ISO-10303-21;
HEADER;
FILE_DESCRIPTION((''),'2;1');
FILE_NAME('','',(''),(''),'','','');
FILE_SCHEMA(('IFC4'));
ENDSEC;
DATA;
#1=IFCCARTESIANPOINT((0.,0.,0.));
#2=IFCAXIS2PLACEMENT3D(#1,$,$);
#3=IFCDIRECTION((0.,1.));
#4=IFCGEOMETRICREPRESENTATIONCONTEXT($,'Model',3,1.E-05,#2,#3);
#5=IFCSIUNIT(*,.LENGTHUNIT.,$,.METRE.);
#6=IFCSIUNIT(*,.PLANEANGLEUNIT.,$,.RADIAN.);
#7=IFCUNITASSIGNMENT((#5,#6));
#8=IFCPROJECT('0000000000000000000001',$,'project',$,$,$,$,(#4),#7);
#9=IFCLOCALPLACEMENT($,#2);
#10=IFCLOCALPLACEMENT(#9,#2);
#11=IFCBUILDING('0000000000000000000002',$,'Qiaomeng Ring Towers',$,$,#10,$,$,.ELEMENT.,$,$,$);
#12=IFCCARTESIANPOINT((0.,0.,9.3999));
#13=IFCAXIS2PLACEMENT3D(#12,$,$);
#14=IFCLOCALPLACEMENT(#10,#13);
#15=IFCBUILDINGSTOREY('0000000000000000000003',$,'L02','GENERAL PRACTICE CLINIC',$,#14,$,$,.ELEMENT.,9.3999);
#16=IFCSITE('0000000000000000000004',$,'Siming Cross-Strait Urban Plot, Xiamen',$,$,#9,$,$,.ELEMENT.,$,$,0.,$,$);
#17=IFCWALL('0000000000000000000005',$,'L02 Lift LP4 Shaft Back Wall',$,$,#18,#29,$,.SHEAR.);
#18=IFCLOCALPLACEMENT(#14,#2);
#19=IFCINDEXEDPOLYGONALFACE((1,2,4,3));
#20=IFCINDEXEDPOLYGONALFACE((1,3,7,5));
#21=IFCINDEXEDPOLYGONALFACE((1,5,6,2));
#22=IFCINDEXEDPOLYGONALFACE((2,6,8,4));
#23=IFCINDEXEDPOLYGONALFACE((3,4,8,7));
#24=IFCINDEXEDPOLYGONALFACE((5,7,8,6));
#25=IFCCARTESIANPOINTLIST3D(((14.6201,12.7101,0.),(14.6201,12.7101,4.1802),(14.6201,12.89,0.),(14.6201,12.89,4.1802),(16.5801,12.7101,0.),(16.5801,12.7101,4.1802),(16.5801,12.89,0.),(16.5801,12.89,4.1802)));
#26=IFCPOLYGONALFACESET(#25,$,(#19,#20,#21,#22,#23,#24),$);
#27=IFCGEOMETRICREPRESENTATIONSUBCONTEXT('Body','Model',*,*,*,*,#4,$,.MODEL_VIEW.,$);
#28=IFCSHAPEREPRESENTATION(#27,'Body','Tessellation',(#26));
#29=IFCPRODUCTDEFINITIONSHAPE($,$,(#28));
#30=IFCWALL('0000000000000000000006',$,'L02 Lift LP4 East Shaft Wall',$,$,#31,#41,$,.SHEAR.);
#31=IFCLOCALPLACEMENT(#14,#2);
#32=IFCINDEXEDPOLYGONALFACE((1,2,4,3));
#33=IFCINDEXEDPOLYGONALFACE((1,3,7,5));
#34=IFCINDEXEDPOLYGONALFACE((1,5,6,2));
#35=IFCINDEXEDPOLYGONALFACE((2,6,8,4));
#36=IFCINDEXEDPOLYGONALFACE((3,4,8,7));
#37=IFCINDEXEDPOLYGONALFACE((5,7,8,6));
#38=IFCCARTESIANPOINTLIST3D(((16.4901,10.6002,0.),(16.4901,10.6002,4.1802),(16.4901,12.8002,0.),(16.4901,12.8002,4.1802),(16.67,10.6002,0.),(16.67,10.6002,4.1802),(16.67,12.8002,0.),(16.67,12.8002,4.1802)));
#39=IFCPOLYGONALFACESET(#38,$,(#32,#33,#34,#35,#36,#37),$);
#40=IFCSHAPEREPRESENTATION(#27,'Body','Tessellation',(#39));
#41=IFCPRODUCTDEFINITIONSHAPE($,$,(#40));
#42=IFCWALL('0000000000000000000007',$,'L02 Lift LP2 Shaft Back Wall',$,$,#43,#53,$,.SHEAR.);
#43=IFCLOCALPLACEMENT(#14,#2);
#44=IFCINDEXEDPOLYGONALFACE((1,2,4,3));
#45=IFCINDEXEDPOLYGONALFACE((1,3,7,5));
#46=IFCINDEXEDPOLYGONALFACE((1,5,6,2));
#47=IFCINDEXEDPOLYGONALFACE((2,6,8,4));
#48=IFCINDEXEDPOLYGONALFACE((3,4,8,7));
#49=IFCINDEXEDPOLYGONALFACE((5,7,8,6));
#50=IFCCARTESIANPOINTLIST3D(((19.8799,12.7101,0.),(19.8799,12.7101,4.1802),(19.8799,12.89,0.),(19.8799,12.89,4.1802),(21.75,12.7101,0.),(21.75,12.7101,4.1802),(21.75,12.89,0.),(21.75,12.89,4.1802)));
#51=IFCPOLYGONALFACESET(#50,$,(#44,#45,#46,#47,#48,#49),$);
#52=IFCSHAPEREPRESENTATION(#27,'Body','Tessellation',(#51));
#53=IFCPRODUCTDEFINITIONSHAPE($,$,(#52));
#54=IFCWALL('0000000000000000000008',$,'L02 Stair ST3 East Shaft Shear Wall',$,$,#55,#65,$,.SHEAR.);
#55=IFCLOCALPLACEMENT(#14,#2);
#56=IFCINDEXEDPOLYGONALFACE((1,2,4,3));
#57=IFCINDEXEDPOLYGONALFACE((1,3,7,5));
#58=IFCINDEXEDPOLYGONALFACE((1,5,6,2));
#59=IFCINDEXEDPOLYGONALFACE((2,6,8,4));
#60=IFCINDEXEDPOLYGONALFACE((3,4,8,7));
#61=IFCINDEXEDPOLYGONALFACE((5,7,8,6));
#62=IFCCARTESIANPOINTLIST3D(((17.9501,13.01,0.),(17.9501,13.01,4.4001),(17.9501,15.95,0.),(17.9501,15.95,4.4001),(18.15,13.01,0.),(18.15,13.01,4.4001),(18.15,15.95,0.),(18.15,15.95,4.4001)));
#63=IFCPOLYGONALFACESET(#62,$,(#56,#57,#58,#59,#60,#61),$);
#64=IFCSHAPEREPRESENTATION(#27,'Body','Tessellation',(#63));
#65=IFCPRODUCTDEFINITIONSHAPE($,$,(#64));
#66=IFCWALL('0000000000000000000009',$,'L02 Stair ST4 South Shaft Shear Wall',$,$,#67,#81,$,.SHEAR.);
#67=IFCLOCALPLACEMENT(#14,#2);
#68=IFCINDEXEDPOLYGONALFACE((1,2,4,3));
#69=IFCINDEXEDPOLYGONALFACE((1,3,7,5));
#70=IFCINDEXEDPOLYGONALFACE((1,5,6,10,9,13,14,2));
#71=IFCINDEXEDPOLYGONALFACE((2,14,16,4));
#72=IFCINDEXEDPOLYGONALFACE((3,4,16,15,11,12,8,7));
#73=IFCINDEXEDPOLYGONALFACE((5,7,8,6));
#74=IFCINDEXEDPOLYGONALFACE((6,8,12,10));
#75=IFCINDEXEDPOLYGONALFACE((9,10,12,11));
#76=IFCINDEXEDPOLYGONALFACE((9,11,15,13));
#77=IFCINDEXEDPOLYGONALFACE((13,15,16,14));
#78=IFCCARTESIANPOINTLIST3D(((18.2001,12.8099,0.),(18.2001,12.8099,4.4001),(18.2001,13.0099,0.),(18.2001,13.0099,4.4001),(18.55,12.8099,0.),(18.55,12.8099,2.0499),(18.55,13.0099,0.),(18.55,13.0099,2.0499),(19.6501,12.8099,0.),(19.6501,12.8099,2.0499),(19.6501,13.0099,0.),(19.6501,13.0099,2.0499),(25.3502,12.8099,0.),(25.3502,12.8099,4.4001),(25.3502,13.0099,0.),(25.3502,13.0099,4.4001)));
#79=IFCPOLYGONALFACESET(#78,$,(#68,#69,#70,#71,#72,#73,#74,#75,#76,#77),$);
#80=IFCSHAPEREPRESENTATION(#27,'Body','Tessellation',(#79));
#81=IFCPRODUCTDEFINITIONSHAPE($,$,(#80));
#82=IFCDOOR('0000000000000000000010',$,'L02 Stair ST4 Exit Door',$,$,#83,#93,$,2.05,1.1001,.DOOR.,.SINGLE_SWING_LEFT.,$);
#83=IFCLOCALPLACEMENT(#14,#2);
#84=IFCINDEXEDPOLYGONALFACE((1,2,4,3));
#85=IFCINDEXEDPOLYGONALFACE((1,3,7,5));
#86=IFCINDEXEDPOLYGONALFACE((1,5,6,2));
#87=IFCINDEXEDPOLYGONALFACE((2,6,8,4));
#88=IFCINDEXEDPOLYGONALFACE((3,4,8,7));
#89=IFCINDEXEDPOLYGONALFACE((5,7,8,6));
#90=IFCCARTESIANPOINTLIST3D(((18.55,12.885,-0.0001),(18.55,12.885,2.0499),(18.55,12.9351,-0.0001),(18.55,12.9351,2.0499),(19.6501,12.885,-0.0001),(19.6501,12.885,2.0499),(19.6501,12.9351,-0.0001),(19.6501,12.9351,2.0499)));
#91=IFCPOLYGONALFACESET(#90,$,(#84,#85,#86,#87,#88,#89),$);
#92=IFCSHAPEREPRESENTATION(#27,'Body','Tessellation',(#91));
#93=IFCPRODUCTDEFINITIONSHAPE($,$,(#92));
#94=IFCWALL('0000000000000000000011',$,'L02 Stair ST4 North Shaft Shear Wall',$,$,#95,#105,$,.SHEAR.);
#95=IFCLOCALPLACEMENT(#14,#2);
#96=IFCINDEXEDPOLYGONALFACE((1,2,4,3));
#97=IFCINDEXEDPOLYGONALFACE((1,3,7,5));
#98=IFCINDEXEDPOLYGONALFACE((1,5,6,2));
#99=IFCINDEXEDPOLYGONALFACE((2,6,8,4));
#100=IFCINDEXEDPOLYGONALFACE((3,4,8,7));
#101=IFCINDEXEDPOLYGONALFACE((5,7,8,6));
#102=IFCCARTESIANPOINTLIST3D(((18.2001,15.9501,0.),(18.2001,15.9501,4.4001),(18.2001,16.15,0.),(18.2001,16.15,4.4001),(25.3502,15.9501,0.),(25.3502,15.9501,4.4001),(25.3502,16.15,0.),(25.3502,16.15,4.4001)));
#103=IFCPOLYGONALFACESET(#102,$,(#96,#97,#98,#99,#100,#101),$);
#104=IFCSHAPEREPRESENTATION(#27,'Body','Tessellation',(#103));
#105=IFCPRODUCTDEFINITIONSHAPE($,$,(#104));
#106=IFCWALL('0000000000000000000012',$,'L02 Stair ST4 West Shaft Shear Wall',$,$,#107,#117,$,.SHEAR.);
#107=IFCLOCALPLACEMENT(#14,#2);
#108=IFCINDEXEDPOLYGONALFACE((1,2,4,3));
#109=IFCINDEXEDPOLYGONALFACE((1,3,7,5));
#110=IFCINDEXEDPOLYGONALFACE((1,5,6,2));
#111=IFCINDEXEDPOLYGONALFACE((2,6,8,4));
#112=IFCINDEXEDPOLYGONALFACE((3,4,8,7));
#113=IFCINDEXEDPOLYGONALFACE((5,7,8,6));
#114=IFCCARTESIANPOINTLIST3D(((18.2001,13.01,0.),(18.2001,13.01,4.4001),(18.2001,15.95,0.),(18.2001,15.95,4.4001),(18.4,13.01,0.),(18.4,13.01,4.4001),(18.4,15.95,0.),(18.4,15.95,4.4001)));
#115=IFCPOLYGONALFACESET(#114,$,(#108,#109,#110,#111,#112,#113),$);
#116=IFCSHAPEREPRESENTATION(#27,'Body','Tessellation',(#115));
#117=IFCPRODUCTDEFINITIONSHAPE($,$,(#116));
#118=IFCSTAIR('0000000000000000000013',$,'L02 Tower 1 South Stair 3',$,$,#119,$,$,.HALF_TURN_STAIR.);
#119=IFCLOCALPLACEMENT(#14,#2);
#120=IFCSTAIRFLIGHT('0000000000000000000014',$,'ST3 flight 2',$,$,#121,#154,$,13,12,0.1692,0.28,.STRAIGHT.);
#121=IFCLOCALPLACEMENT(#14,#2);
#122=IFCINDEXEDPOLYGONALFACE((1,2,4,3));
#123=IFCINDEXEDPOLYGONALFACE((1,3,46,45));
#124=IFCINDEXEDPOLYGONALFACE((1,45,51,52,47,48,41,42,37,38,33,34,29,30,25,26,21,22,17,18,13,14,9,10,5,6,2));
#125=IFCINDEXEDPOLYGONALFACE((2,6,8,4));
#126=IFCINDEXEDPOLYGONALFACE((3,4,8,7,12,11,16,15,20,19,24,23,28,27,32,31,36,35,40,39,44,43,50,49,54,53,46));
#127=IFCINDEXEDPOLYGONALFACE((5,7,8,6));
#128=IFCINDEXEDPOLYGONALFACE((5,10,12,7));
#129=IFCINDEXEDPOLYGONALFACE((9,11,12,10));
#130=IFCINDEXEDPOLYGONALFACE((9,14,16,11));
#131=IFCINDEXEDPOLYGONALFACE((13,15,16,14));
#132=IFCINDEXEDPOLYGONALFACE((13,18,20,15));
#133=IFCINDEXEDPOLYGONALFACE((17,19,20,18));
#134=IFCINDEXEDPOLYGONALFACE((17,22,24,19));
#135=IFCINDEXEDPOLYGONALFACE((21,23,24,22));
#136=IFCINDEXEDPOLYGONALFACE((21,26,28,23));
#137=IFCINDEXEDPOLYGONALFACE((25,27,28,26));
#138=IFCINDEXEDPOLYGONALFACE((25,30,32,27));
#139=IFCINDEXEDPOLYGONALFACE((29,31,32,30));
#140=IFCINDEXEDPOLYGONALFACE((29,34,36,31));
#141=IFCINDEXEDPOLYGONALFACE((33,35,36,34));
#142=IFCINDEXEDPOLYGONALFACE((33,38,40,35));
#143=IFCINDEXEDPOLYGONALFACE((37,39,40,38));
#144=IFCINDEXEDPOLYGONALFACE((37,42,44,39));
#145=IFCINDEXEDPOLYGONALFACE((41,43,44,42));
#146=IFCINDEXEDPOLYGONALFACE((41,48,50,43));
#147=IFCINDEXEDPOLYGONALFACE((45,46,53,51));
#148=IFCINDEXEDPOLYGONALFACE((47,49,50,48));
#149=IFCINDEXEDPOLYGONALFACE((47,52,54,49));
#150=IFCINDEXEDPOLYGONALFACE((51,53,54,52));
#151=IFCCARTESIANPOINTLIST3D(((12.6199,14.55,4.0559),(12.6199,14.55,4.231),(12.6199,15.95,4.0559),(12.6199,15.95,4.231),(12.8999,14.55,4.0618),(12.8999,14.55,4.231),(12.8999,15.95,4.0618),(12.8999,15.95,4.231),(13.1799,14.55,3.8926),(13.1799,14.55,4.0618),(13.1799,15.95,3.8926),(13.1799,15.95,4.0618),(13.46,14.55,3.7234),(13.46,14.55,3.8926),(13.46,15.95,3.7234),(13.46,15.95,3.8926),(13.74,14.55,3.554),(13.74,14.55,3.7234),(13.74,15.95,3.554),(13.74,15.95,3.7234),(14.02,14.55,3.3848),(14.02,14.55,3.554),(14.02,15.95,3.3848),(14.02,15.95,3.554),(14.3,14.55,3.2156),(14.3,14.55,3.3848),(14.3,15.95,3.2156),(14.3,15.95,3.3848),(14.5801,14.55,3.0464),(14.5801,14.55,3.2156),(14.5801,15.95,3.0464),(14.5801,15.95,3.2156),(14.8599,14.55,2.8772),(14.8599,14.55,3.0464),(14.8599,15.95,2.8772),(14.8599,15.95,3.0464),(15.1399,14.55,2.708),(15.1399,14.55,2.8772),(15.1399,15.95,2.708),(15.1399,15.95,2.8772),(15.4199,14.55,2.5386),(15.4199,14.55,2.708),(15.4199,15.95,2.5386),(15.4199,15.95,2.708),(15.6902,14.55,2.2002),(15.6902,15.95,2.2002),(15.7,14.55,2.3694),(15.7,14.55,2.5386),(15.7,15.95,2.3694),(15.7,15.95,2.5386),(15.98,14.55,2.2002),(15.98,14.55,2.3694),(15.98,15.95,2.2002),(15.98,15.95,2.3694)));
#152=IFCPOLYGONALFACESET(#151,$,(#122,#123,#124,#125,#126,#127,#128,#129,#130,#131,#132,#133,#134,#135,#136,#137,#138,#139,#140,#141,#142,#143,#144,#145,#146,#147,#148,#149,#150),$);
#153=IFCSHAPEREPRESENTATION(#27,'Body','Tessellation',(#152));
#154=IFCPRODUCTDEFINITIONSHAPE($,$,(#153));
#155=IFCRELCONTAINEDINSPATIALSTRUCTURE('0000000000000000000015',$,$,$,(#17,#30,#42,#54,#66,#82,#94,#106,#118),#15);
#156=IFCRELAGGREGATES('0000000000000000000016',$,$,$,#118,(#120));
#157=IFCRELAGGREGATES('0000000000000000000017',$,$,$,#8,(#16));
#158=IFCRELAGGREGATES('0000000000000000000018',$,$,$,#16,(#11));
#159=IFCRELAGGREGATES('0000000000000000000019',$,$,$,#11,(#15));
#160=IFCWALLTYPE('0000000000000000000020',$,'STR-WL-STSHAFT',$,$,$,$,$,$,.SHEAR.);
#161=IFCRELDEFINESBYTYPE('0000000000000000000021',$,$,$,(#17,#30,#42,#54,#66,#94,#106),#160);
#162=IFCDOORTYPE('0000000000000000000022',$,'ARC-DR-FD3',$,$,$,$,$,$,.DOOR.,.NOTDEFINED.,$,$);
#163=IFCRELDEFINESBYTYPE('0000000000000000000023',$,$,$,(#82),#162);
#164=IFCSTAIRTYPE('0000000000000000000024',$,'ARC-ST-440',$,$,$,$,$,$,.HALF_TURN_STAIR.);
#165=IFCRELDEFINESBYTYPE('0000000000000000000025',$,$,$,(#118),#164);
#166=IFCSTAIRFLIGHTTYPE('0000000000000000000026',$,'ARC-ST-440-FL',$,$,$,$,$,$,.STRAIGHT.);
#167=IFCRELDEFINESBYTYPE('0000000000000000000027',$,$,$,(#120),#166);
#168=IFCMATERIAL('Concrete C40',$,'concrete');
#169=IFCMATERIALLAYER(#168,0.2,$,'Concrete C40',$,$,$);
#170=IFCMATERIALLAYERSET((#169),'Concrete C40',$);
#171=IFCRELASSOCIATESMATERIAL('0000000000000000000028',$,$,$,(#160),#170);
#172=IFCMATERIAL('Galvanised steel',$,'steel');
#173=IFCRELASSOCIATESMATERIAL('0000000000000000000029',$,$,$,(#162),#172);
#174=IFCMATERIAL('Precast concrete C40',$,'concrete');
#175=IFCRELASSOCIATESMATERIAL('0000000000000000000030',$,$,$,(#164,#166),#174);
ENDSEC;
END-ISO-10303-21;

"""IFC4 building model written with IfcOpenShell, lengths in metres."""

from ifc_helpers import new_model, si_unit, direction, frame, frame_2d, origin, place, context, subcontext, project, spatial, polyline, rectangle, outline, extrude, source, transform, mapped, material, layer, layer_set, type_object, element, fill, aggregate, save


model = new_model("IFC4")

# Units and contexts
model_context = context("Model", 3, precision=1e-05, world=origin(), true_north=direction((0.0, 1.0)))
body_context = subcontext(model_context, "Body", "Model", "MODEL_VIEW")
ifc_project = project(units=[si_unit("LENGTHUNIT", "METRE"), si_unit("PLANEANGLEUNIT", "RADIAN")], contexts=[model_context])

# Site, building, storey
site_placement = place(None, origin())
site = spatial("IfcSite", under=ifc_project, at=site_placement, Name="Siming Cross-Strait Urban Plot, Xiamen", CompositionType="ELEMENT", RefElevation=0.0)
building_placement = place(site_placement, origin())
building = spatial("IfcBuilding", under=site, at=building_placement, Name="Qiaomeng Ring Towers", CompositionType="ELEMENT")
storey_placement = place(building_placement, frame((0.0, 0.0, 9.3999)))
storey = spatial("IfcBuildingStorey", under=building, at=storey_placement, Name="L02", Description="GENERAL PRACTICE CLINIC", CompositionType="ELEMENT", Elevation=9.3999)

# Shared definitions
ifc_material_1 = material(Name="Precast concrete C40", Category="concrete")

# Walls
ifc_material_2 = material(Name="Concrete C40", Category="concrete")
ifc_layer_1 = layer(ifc_material_2, 0.2, Name="Concrete C40")
ifc_layer_set_1 = layer_set([ifc_layer_1], Name="Concrete C40")
wall_type_1 = type_object("IfcWallType", Name="STR-WL-STSHAFT", PredefinedType="SHEAR", material=ifc_layer_set_1)
wall_1_placement = place(storey_placement, frame((14.6201, 12.8, 0.0), z_axis=(0.0, 0.0, 1.0), x_axis=(1.0, 0.0, 0.0)))
element("IfcWall", 1, at=wall_1_placement, inside=storey, type_object=wall_type_1, Name="L02 Lift LP4 Shaft Back Wall", PredefinedType="SHEAR", context=body_context, shape_type="SweptSolid", body=[
    extrude(rectangle(XDim=1.96, YDim=0.1799, at=frame_2d((0.98, 0.0))), origin(), (0.0, 0.0, 1.0), 4.1802),
])
wall_2_placement = place(storey_placement, frame((16.5801, 10.6001, 0.0), z_axis=(0.0, 0.0, 1.0), x_axis=(0.0, 1.0, 0.0)))
element("IfcWall", 2, at=wall_2_placement, inside=storey, type_object=wall_type_1, Name="L02 Lift LP4 East Shaft Wall", PredefinedType="SHEAR", context=body_context, shape_type="SweptSolid", body=[
    extrude(rectangle(XDim=2.2, YDim=0.1799, at=frame_2d((1.1001, 0.0))), origin(), (0.0, 0.0, 1.0), 4.1802),
])
wall_3_placement = place(storey_placement, frame((19.8799, 12.8, 0.0), z_axis=(0.0, 0.0, 1.0), x_axis=(1.0, 0.0, 0.0)))
element("IfcWall", 3, at=wall_3_placement, inside=storey, type_object=wall_type_1, Name="L02 Lift LP2 Shaft Back Wall", PredefinedType="SHEAR", context=body_context, shape_type="SweptSolid", body=[
    extrude(rectangle(XDim=1.8701, YDim=0.1799, at=frame_2d((0.9351, 0.0))), origin(), (0.0, 0.0, 1.0), 4.1802),
])
wall_4_placement = place(storey_placement, frame((18.05, 13.01, 0.0), z_axis=(0.0, 0.0, 1.0), x_axis=(0.0, 1.0, 0.0)))
element("IfcWall", 4, at=wall_4_placement, inside=storey, type_object=wall_type_1, Name="L02 Stair ST3 East Shaft Shear Wall", PredefinedType="SHEAR", context=body_context, shape_type="SweptSolid", body=[
    extrude(rectangle(XDim=2.9399, YDim=0.2, at=frame_2d((1.47, 0.0))), origin(), (0.0, 0.0, 1.0), 4.4001),
])

# Wall, opening, door
wall_5_placement = place(storey_placement, frame((18.2, 12.9099, 0.0), z_axis=(0.0, 0.0, 1.0), x_axis=(1.0, 0.0, 0.0)))
wall_5 = element("IfcWall", 5, at=wall_5_placement, inside=storey, type_object=wall_type_1, Name="L02 Stair ST4 South Shaft Shear Wall", PredefinedType="SHEAR", context=body_context, shape_type="SweptSolid", body=[
    extrude(rectangle(XDim=7.1501, YDim=0.2, at=frame_2d((3.5752, 0.0))), origin(), (0.0, 0.0, 1.0), 4.4001),
])
opening_1_placement = place(wall_5_placement, frame((0.3501, 0.0, 0.0)))
opening_1 = element("IfcOpeningElement", 6, at=opening_1_placement, cuts=wall_5, PredefinedType="OPENING", context=body_context, shape_type="SweptSolid", body=[
    extrude(rectangle(XDim=1.1001, YDim=2.05, at=frame_2d((0.55, 1.0249))), frame((0.0, 0.1099, 0.0), z_axis=(0.0, -1.0, 0.0), x_axis=(1.0, 0.0, 0.0)), (0.0, 0.0, 1.0), 0.22),
])
ifc_material_3 = material(Name="Galvanised steel", Category="steel")
door_type_1 = type_object("IfcDoorType", Name="ARC-DR-FD3", OperationType="NOTDEFINED", PredefinedType="DOOR", material=ifc_material_3)
shared_shape_1 = source(origin(), body_context, "Body", "SweptSolid", [
    extrude(rectangle(XDim=1.1001, YDim=2.05, at=frame_2d((0.55, 1.0249))), frame((0.0, 0.0249, 0.0), z_axis=(0.0, -1.0, 0.0), x_axis=(1.0, 0.0, 0.0)), (0.0, 0.0, 1.0), 0.05),
])
door_1_placement = place(opening_1_placement, frame((1.1001, 0.0, 0.0), z_axis=(0.0, 0.0, 1.0), x_axis=(-1.0, 0.0, 0.0)))
door_1 = element("IfcDoor", 7, at=door_1_placement, inside=storey, type_object=door_type_1, Name="L02 Stair ST4 Exit Door", OperationType="SINGLE_SWING_LEFT", OverallHeight=2.05, OverallWidth=1.1001, PredefinedType="DOOR", context=body_context, shape_type="MappedRepresentation", body=[
    mapped(shared_shape_1, transform((0.0, 0.0, 0.0), x_axis=(1.0, 0.0, 0.0), y_axis=(0.0, 1.0, 0.0), z_axis=(0.0, 0.0, 1.0), scale=1.0)),
])
fill(opening_1, door_1)

# Walls
wall_6_placement = place(storey_placement, frame((18.2, 16.05, 0.0), z_axis=(0.0, 0.0, 1.0), x_axis=(1.0, 0.0, 0.0)))
element("IfcWall", 8, at=wall_6_placement, inside=storey, type_object=wall_type_1, Name="L02 Stair ST4 North Shaft Shear Wall", PredefinedType="SHEAR", context=body_context, shape_type="SweptSolid", body=[
    extrude(rectangle(XDim=7.1501, YDim=0.2, at=frame_2d((3.5752, 0.0))), origin(), (0.0, 0.0, 1.0), 4.4001),
])
wall_7_placement = place(storey_placement, frame((18.3, 13.01, 0.0), z_axis=(0.0, 0.0, 1.0), x_axis=(0.0, 1.0, 0.0)))
element("IfcWall", 9, at=wall_7_placement, inside=storey, type_object=wall_type_1, Name="L02 Stair ST4 West Shaft Shear Wall", PredefinedType="SHEAR", context=body_context, shape_type="SweptSolid", body=[
    extrude(rectangle(XDim=2.9399, YDim=0.2, at=frame_2d((1.47, 0.0))), origin(), (0.0, 0.0, 1.0), 4.4001),
])

# Stair, stair flight
stair_type = type_object("IfcStairType", Name="ARC-ST-440", PredefinedType="HALF_TURN_STAIR", material=ifc_material_1)
stair_1_placement = place(storey_placement, origin())
stair_1 = element("IfcStair", 10, at=stair_1_placement, inside=storey, type_object=stair_type, Name="L02 Tower 1 South Stair 3", PredefinedType="HALF_TURN_STAIR")
stair_flight_type = type_object("IfcStairFlightType", Name="ARC-ST-440-FL", PredefinedType="STRAIGHT", material=ifc_material_1)
shared_shape_2 = source(origin(), body_context, "Body", "SweptSolid", [
    extrude(outline(polyline([(0.0, 0.0), (0.0, 0.1692), (0.28, 0.1692), (0.28, 0.3384), (0.5601, 0.3384), (0.5601, 0.5078), (0.8401, 0.5078), (0.8401, 0.677), (1.1201, 0.677), (1.1201, 0.8462), (1.3999, 0.8462), (1.3999, 1.0154), (1.6799, 1.0154), (1.6799, 1.1846), (1.96, 1.1846), (1.96, 1.3538), (2.24, 1.3538), (2.24, 1.5232), (2.52, 1.5232), (2.52, 1.6924), (2.8, 1.6924), (2.8, 1.8616), (3.0801, 1.8616), (3.0801, 2.0308), (3.3601, 2.0308), (3.3601, 2.2), (3.3601, 1.8557), (0.2898, 0.0), (0.0, 0.0)])), frame((0.0, 0.7, 0.0), z_axis=(0.0, -1.0, 0.0), x_axis=(1.0, 0.0, 0.0)), (0.0, 0.0, 1.0), 1.3999),
])
stair_flight_1_placement = place(storey_placement, frame((15.98, 15.25, 2.2002), z_axis=(0.0, 0.0, 1.0), x_axis=(-1.0, 0.0, 0.0)))
stair_flight_1 = element("IfcStairFlight", 11, at=stair_flight_1_placement, type_object=stair_flight_type, Name="ST3 flight 2", NumberOfRisers=13, NumberOfTreads=12, PredefinedType="STRAIGHT", RiserHeight=0.1692, TreadLength=0.28, context=body_context, shape_type="MappedRepresentation", body=[
    mapped(shared_shape_2, transform((0.0, 0.0, 0.0), x_axis=(1.0, 0.0, 0.0), y_axis=(0.0, 1.0, 0.0), z_axis=(0.0, 0.0, 1.0), scale=1.0)),
])
aggregate(stair_1, [stair_flight_1])

save(model, "model.ifc")
